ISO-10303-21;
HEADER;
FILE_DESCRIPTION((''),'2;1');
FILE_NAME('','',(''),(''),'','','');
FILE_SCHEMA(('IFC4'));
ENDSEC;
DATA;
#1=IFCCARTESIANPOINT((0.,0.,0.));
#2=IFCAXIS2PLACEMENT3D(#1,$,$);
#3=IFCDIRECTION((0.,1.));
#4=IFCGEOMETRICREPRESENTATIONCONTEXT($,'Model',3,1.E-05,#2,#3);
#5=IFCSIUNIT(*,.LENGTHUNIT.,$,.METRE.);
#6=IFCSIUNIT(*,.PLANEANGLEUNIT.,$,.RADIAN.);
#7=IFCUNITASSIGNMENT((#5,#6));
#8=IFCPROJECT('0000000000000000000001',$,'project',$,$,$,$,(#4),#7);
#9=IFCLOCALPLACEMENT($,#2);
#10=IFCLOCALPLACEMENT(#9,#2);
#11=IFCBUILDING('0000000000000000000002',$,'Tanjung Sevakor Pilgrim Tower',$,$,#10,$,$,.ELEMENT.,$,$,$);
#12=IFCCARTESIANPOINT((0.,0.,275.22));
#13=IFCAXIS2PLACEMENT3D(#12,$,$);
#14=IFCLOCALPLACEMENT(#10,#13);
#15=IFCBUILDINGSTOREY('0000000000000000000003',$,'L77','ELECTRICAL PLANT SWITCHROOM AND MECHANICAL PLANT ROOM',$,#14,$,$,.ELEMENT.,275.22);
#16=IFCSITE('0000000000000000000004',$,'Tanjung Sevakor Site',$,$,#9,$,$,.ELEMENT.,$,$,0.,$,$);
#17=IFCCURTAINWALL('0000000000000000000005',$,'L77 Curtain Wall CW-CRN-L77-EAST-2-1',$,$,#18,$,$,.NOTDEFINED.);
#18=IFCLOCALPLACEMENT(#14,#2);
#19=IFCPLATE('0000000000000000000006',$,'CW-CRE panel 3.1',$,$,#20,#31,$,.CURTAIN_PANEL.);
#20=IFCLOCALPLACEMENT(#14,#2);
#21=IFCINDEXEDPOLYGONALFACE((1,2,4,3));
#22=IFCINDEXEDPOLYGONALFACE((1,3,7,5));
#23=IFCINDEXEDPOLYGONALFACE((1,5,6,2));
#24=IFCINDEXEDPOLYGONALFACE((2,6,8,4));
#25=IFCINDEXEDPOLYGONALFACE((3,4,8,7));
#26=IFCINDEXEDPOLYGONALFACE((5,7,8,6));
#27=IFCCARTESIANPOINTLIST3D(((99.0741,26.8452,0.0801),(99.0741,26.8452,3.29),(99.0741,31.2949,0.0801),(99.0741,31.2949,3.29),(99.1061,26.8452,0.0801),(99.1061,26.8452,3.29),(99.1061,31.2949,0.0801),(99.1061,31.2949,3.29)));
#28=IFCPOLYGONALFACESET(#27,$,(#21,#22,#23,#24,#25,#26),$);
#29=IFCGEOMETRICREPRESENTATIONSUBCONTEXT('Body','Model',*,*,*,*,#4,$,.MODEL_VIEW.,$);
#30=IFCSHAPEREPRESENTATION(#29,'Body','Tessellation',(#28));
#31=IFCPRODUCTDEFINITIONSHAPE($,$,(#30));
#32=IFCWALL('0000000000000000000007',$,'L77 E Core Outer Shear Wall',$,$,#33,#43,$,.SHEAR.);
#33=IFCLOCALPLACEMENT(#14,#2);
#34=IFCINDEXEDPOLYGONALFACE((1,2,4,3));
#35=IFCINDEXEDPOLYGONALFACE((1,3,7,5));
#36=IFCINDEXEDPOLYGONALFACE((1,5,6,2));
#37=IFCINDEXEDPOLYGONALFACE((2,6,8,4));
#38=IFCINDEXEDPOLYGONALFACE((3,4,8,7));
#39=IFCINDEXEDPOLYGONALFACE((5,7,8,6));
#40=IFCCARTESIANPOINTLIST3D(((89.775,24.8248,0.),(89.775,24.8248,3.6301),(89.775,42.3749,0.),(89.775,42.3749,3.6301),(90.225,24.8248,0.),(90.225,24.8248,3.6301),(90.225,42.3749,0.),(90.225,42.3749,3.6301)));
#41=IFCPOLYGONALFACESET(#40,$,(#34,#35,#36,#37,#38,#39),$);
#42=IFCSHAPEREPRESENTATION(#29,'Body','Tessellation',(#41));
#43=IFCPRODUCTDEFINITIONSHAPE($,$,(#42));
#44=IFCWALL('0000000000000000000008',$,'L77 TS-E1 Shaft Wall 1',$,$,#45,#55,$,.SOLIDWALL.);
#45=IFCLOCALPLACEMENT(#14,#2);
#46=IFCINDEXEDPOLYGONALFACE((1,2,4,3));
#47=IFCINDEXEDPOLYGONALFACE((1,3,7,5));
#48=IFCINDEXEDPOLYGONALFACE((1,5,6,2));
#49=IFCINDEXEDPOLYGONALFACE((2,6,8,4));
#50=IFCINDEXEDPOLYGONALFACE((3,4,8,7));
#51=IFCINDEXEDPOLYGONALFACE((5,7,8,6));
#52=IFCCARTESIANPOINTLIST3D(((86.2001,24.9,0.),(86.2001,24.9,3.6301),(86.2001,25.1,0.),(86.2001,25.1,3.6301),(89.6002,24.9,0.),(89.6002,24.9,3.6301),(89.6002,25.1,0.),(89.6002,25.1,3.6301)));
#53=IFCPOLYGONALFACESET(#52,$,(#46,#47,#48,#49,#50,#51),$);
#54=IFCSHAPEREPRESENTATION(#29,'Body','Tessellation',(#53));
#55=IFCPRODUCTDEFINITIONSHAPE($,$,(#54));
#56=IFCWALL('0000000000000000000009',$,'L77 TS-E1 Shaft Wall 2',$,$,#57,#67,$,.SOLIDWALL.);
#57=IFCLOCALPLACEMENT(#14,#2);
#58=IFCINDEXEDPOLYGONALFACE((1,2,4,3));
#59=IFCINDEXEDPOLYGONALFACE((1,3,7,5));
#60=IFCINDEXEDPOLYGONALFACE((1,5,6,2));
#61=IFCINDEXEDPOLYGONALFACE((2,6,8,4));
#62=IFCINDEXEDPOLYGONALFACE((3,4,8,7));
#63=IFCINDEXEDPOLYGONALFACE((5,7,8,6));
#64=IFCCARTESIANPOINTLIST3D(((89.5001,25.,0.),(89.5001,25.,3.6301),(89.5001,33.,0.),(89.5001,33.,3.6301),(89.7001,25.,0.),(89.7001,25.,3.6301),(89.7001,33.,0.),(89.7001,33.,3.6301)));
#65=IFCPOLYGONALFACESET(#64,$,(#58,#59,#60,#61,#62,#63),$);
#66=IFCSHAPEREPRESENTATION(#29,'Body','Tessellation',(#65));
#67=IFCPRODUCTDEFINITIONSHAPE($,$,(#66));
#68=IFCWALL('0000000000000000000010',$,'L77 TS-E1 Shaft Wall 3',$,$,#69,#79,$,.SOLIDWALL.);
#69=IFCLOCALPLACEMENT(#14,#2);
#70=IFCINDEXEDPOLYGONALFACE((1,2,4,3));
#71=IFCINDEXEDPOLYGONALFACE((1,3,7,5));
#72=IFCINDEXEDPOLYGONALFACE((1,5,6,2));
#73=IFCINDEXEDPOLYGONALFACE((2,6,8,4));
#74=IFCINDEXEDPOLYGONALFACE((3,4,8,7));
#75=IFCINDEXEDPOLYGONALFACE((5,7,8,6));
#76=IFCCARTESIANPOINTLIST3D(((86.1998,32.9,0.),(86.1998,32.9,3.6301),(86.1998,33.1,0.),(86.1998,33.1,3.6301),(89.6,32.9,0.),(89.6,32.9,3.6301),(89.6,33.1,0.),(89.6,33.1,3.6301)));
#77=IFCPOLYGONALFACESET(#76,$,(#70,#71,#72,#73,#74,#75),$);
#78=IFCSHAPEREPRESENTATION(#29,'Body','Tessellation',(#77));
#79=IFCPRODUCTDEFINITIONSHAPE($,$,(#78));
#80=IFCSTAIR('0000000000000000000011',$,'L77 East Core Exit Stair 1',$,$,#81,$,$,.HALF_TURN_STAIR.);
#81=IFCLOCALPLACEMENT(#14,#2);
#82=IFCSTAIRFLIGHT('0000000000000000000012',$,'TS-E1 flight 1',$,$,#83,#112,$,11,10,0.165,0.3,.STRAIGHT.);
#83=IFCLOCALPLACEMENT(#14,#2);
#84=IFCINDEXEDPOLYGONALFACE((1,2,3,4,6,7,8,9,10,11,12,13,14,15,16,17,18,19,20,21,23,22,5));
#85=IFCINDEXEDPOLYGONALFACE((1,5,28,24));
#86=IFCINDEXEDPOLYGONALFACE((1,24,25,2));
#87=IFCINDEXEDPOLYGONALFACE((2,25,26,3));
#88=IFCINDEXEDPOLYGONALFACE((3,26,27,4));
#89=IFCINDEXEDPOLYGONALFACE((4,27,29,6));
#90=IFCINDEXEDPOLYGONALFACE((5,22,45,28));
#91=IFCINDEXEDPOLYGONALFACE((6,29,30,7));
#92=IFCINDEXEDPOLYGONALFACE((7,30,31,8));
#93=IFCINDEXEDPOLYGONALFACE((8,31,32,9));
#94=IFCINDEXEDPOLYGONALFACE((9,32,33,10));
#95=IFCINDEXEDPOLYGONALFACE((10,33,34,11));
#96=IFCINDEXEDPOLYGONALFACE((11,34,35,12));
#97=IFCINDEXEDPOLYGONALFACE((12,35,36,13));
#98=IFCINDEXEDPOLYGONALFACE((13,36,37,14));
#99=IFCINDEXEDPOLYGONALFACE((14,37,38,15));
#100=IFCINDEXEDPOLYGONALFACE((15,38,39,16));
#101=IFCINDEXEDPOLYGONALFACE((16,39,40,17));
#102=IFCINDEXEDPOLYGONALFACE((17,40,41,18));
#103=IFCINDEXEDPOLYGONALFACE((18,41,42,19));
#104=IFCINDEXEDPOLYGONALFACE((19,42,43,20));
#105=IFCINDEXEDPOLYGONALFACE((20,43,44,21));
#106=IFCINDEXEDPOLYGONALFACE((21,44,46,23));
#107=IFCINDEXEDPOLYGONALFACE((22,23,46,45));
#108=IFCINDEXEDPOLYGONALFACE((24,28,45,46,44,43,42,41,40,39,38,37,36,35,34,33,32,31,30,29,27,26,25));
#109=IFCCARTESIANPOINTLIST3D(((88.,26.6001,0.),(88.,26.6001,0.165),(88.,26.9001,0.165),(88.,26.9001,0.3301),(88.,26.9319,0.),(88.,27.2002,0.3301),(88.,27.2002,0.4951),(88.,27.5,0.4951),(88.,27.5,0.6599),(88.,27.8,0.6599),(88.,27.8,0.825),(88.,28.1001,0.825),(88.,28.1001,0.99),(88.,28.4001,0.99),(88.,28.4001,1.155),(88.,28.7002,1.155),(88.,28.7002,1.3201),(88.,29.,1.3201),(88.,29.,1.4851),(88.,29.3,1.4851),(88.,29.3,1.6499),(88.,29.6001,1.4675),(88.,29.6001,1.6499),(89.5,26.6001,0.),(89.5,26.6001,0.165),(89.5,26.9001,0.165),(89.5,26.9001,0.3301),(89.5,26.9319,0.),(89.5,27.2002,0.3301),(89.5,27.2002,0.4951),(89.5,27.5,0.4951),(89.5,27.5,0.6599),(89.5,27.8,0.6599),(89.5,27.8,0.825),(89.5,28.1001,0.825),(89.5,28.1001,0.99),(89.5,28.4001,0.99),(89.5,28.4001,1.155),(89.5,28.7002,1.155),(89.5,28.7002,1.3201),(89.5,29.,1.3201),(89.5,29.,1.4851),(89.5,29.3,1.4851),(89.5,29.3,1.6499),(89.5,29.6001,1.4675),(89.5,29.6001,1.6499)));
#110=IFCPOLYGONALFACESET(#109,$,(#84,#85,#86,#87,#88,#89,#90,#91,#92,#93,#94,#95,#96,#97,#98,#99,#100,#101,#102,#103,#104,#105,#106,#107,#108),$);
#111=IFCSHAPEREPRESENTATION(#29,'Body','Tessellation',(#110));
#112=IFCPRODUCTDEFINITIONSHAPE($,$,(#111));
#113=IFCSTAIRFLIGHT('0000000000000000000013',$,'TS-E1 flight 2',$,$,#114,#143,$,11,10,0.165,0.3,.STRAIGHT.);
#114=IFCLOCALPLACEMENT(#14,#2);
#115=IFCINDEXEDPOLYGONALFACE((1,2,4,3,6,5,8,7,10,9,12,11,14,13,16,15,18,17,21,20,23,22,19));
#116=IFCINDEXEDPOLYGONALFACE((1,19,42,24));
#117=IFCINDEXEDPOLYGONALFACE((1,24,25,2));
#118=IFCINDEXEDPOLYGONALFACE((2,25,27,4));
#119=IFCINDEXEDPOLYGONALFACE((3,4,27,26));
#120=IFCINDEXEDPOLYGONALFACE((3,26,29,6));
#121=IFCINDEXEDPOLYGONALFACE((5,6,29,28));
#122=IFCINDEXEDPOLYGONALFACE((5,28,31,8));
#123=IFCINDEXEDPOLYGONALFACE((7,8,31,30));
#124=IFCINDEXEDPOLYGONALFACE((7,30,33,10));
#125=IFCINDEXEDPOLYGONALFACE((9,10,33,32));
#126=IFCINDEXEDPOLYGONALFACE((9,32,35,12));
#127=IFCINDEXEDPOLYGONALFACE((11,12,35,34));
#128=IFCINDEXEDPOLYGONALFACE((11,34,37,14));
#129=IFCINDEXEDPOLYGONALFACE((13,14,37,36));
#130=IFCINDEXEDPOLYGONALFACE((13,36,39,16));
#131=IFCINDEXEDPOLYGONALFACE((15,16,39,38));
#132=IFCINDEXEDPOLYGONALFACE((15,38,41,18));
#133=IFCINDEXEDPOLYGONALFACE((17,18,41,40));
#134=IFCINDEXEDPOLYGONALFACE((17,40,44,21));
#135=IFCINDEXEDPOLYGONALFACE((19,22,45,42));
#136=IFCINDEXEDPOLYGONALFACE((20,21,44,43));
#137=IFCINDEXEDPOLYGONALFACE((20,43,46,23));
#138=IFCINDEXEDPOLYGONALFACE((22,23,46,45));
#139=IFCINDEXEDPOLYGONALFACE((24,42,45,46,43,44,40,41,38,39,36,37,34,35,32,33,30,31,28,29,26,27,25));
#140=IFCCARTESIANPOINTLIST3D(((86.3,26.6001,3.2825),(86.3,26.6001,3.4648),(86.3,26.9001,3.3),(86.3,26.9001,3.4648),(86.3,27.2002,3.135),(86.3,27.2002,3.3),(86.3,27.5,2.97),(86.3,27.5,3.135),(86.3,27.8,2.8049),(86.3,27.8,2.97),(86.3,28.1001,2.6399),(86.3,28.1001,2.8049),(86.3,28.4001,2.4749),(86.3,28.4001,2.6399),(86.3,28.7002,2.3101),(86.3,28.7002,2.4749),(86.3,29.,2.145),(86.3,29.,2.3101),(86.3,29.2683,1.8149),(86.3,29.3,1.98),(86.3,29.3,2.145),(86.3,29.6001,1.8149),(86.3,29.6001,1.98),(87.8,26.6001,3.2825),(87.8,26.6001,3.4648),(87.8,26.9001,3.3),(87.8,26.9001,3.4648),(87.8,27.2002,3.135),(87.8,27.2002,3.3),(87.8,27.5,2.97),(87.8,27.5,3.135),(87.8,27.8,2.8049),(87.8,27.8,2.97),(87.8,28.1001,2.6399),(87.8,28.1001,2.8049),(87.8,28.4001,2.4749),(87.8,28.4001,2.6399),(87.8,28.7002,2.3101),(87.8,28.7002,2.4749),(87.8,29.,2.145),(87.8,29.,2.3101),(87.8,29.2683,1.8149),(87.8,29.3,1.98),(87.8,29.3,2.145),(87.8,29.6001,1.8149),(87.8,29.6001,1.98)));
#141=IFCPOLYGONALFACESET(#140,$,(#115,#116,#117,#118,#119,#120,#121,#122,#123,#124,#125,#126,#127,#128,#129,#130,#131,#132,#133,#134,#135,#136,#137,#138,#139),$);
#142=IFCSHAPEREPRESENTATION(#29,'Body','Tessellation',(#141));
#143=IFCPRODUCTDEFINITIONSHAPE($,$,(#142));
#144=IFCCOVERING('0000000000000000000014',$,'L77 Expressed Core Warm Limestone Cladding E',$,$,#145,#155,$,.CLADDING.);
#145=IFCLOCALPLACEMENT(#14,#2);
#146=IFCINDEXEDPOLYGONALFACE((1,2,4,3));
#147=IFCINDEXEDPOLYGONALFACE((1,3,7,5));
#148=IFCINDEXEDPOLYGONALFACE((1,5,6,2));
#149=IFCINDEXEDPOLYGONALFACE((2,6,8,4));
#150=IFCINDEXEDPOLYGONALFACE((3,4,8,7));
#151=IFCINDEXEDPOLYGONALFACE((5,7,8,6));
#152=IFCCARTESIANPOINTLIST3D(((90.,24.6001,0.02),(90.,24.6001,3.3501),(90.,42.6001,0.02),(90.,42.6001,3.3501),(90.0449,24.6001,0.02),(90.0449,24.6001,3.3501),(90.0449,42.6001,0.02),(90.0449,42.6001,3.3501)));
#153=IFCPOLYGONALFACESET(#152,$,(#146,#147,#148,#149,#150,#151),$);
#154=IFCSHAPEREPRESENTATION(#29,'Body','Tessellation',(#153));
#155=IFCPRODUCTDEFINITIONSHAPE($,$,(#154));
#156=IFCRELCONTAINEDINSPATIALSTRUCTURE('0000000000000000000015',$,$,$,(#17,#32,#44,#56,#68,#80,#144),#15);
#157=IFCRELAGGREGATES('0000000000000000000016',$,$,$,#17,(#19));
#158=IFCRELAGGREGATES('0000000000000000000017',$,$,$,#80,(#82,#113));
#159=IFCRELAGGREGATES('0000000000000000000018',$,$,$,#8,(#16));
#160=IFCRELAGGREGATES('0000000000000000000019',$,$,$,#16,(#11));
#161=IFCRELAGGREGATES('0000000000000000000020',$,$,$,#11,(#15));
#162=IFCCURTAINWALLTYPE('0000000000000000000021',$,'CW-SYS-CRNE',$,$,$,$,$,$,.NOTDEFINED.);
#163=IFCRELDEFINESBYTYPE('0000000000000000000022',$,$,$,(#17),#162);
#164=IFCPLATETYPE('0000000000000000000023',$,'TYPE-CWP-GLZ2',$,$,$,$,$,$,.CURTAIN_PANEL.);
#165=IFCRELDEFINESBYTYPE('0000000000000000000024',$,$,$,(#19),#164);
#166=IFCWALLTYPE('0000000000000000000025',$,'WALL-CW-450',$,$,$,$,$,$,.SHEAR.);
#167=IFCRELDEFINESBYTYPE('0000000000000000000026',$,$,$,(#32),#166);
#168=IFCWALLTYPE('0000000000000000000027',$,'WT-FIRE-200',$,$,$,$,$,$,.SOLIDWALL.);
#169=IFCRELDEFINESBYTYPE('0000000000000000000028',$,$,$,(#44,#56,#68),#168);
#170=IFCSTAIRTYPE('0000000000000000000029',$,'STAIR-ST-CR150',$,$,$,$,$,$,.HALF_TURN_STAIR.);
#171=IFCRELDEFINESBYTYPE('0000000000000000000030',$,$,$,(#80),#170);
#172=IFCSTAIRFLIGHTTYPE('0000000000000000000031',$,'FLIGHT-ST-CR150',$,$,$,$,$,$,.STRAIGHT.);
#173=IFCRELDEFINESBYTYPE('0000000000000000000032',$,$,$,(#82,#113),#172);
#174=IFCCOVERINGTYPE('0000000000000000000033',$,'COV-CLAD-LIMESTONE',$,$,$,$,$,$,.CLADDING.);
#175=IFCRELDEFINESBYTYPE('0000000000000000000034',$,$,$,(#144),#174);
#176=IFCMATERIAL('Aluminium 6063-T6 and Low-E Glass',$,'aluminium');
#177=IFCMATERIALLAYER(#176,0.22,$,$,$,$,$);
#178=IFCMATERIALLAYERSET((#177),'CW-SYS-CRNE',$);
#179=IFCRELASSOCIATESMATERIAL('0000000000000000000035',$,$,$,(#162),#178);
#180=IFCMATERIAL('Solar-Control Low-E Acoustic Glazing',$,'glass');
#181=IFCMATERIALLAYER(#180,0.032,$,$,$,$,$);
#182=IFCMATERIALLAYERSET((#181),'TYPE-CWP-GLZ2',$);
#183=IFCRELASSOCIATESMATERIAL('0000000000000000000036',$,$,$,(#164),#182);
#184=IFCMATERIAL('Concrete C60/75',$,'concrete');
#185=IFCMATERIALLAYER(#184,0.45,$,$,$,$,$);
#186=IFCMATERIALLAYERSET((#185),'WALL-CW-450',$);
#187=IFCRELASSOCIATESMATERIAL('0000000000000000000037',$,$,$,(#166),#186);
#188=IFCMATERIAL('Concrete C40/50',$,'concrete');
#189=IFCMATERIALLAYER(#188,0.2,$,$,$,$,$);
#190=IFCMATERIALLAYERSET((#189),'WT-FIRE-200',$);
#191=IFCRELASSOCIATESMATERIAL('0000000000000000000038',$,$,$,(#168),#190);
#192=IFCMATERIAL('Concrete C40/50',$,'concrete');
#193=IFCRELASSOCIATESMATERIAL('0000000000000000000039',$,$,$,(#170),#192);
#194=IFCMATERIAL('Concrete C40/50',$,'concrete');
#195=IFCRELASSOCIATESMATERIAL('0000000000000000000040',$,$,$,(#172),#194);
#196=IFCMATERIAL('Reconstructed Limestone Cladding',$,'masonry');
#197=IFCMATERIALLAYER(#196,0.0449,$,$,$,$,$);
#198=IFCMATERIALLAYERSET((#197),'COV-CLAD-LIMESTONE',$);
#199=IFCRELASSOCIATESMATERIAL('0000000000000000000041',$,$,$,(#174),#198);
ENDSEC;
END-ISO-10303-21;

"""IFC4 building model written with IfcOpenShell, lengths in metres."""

from ifc_helpers import new_model, si_unit, direction, frame, frame_2d, origin, origin_2d, place, context, subcontext, project, spatial, polyline, rectangle, outline, extrude, material, layer, layer_set, type_object, element, aggregate, save


model = new_model("IFC4")

# Units and contexts
model_context = context("Model", 3, precision=1e-05, world=origin(), true_north=direction((0.0, 1.0)))
body_context = subcontext(model_context, "Body", "Model", "MODEL_VIEW")
ifc_project = project(units=[si_unit("LENGTHUNIT", "METRE"), si_unit("PLANEANGLEUNIT", "RADIAN")], contexts=[model_context])

# Site, building, storey
site_placement = place(None, origin())
site = spatial("IfcSite", under=ifc_project, at=site_placement, Name="Tanjung Sevakor Site", CompositionType="ELEMENT", RefElevation=0.0)
building_placement = place(site_placement, origin())
building = spatial("IfcBuilding", under=site, at=building_placement, Name="Tanjung Sevakor Pilgrim Tower", CompositionType="ELEMENT")
storey_placement = place(building_placement, frame((0.0, 0.0, 275.22)))
storey = spatial("IfcBuildingStorey", under=building, at=storey_placement, Name="L77", Description="ELECTRICAL PLANT SWITCHROOM AND MECHANICAL PLANT ROOM", CompositionType="ELEMENT", Elevation=275.22)

# Curtain wall, plate
ifc_material_1 = material(Name="Aluminium 6063-T6 and Low-E Glass", Category="aluminium")
ifc_layer_1 = layer(ifc_material_1, 0.22)
ifc_layer_set_1 = layer_set([ifc_layer_1], Name="CW-SYS-CRNE")
curtain_wall_type = type_object("IfcCurtainWallType", Name="CW-SYS-CRNE", PredefinedType="NOTDEFINED", material=ifc_layer_set_1)
curtain_wall_placement = place(storey_placement, origin())
curtain_wall = element("IfcCurtainWall", 1, at=curtain_wall_placement, inside=storey, type_object=curtain_wall_type, Name="L77 Curtain Wall CW-CRN-L77-EAST-2-1", PredefinedType="NOTDEFINED")
ifc_material_2 = material(Name="Solar-Control Low-E Acoustic Glazing", Category="glass")
ifc_layer_2 = layer(ifc_material_2, 0.032)
ifc_layer_set_2 = layer_set([ifc_layer_2], Name="TYPE-CWP-GLZ2")
plate_type = type_object("IfcPlateType", Name="TYPE-CWP-GLZ2", PredefinedType="CURTAIN_PANEL", material=ifc_layer_set_2)
plate_1_placement = place(storey_placement, frame((99.0901, 29.0701, 0.0801), z_axis=(0.0, 0.0, 1.0), x_axis=(0.0, 1.0, 0.0)))
plate_1 = element("IfcPlate", 2, at=plate_1_placement, type_object=plate_type, Name="CW-CRE panel 3.1", PredefinedType="CURTAIN_PANEL", context=body_context, shape_type="SweptSolid", body=[
    extrude(rectangle(XDim=4.4497, YDim=0.032, at=origin_2d()), origin(), (0.0, 0.0, 1.0), 3.21),
])
aggregate(curtain_wall, [plate_1])

# Walls
ifc_material_3 = material(Name="Concrete C60/75", Category="concrete")
ifc_layer_3 = layer(ifc_material_3, 0.45)
ifc_layer_set_3 = layer_set([ifc_layer_3], Name="WALL-CW-450")
wall_type_1 = type_object("IfcWallType", Name="WALL-CW-450", PredefinedType="SHEAR", material=ifc_layer_set_3)
wall_1_placement = place(storey_placement, frame((90.0, 24.825, 0.0), z_axis=(0.0, 0.0, 1.0), x_axis=(0.0, 1.0, 0.0)))
element("IfcWall", 3, at=wall_1_placement, inside=storey, type_object=wall_type_1, Name="L77 E Core Outer Shear Wall", PredefinedType="SHEAR", context=body_context, shape_type="SweptSolid", body=[
    extrude(rectangle(XDim=17.55, YDim=0.45, at=frame_2d((8.7749, 0.0))), origin(), (0.0, 0.0, 1.0), 3.6301),
])
ifc_material_4 = material(Name="Concrete C40/50", Category="concrete")
ifc_layer_4 = layer(ifc_material_4, 0.2)
ifc_layer_set_4 = layer_set([ifc_layer_4], Name="WT-FIRE-200")
wall_type_2 = type_object("IfcWallType", Name="WT-FIRE-200", PredefinedType="SOLIDWALL", material=ifc_layer_set_4)
wall_2_placement = place(storey_placement, frame((86.2, 25.0, 0.0), z_axis=(0.0, 0.0, 1.0), x_axis=(1.0, 0.0, 0.0)))
element("IfcWall", 4, at=wall_2_placement, inside=storey, type_object=wall_type_2, Name="L77 TS-E1 Shaft Wall 1", PredefinedType="SOLIDWALL", context=body_context, shape_type="SweptSolid", body=[
    extrude(rectangle(XDim=3.4001, YDim=0.2, at=frame_2d((1.7002, 0.0))), origin(), (0.0, 0.0, 1.0), 3.6301),
])
wall_3_placement = place(storey_placement, frame((89.6001, 25.0, 0.0), z_axis=(0.0, 0.0, 1.0), x_axis=(0.0, 1.0, 0.0)))
element("IfcWall", 5, at=wall_3_placement, inside=storey, type_object=wall_type_2, Name="L77 TS-E1 Shaft Wall 2", PredefinedType="SOLIDWALL", context=body_context, shape_type="SweptSolid", body=[
    extrude(rectangle(XDim=8.0, YDim=0.2, at=frame_2d((4.0, 0.0))), origin(), (0.0, 0.0, 1.0), 3.6301),
])
wall_4_placement = place(storey_placement, frame((89.6001, 33.0, 0.0), z_axis=(0.0, 0.0, 1.0), x_axis=(-1.0, 0.0, 0.0)))
element("IfcWall", 6, at=wall_4_placement, inside=storey, type_object=wall_type_2, Name="L77 TS-E1 Shaft Wall 3", PredefinedType="SOLIDWALL", context=body_context, shape_type="SweptSolid", body=[
    extrude(rectangle(XDim=3.4001, YDim=0.2, at=frame_2d((1.7002, 0.0))), origin(), (0.0, 0.0, 1.0), 3.6301),
])

# Stair, stair flights
ifc_material_5 = material(Name="Concrete C40/50", Category="concrete")
stair_type = type_object("IfcStairType", Name="STAIR-ST-CR150", PredefinedType="HALF_TURN_STAIR", material=ifc_material_5)
stair_placement = place(storey_placement, origin())
stair = element("IfcStair", 7, at=stair_placement, inside=storey, type_object=stair_type, Name="L77 East Core Exit Stair 1", PredefinedType="HALF_TURN_STAIR")
ifc_material_6 = material(Name="Concrete C40/50", Category="concrete")
stair_flight_type = type_object("IfcStairFlightType", Name="FLIGHT-ST-CR150", PredefinedType="STRAIGHT", material=ifc_material_6)
stair_flight_1_placement = place(storey_placement, frame((88.75, 26.6001, 0.0), z_axis=(0.0, 0.0, 1.0), x_axis=(0.0, 1.0, 0.0)))
stair_flight_1 = element("IfcStairFlight", 8, at=stair_flight_1_placement, type_object=stair_flight_type, Name="TS-E1 flight 1", NumberOfRisers=11, NumberOfTreads=10, PredefinedType="STRAIGHT", RiserHeight=0.165, TreadLength=0.3, context=body_context, shape_type="SweptSolid", body=[
    extrude(outline(polyline([(0.0, 0.0), (0.0, 0.165), (0.3, 0.165), (0.3, 0.3301), (0.6001, 0.3301), (0.6001, 0.4951), (0.8999, 0.4951), (0.8999, 0.6599), (1.2, 0.6599), (1.2, 0.825), (1.5, 0.825), (1.5, 0.99), (1.8, 0.99), (1.8, 1.155), (2.1001, 1.155), (2.1001, 1.3201), (2.3999, 1.3201), (2.3999, 1.4851), (2.7, 1.4851), (2.7, 1.6499), (3.0, 1.6499), (3.0, 1.8149), (3.0, 1.4675), (0.3318, 0.0), (0.0, 0.0)])), frame((0.0, 0.75, 0.0), z_axis=(0.0, -1.0, 0.0), x_axis=(1.0, 0.0, 0.0)), (0.0, 0.0, 1.0), 1.5),
])
stair_flight_2_placement = place(storey_placement, frame((87.05, 29.6001, 1.8149), z_axis=(0.0, 0.0, 1.0), x_axis=(0.0, -1.0, 0.0)))
stair_flight_2 = element("IfcStairFlight", 9, at=stair_flight_2_placement, type_object=stair_flight_type, Name="TS-E1 flight 2", NumberOfRisers=11, NumberOfTreads=10, PredefinedType="STRAIGHT", RiserHeight=0.165, TreadLength=0.3, context=body_context, shape_type="SweptSolid", body=[
    extrude(outline(polyline([(0.0, 0.0), (0.0, 0.165), (0.3, 0.165), (0.3, 0.3301), (0.6001, 0.3301), (0.6001, 0.4951), (0.8999, 0.4951), (0.8999, 0.6599), (1.2, 0.6599), (1.2, 0.825), (1.5, 0.825), (1.5, 0.99), (1.8, 0.99), (1.8, 1.155), (2.1001, 1.155), (2.1001, 1.3201), (2.3999, 1.3201), (2.3999, 1.4851), (2.7, 1.4851), (2.7, 1.6499), (3.0, 1.6499), (3.0, 1.8149), (3.0, 1.4675), (0.3318, 0.0), (0.0, 0.0)])), frame((0.0, 0.75, 0.0), z_axis=(0.0, -1.0, 0.0), x_axis=(1.0, 0.0, 0.0)), (0.0, 0.0, 1.0), 1.5),
])
aggregate(stair, [stair_flight_1, stair_flight_2])

# Covering
ifc_material_7 = material(Name="Reconstructed Limestone Cladding", Category="masonry")
ifc_layer_5 = layer(ifc_material_7, 0.0449)
ifc_layer_set_5 = layer_set([ifc_layer_5], Name="COV-CLAD-LIMESTONE")
covering_type = type_object("IfcCoveringType", Name="COV-CLAD-LIMESTONE", PredefinedType="CLADDING", material=ifc_layer_set_5)
covering_placement = place(storey_placement, frame((90.0225, 33.6001, 0.02), z_axis=(0.0, 0.0, 1.0), x_axis=(1.0, 0.0, 0.0)))
element("IfcCovering", 10, at=covering_placement, inside=storey, type_object=covering_type, Name="L77 Expressed Core Warm Limestone Cladding E", PredefinedType="CLADDING", context=body_context, shape_type="SweptSolid", body=[
    extrude(rectangle(XDim=0.0449, YDim=18.0, at=origin_2d()), origin(), (0.0, 0.0, 1.0), 3.3301),
])

save(model, "model.ifc")
